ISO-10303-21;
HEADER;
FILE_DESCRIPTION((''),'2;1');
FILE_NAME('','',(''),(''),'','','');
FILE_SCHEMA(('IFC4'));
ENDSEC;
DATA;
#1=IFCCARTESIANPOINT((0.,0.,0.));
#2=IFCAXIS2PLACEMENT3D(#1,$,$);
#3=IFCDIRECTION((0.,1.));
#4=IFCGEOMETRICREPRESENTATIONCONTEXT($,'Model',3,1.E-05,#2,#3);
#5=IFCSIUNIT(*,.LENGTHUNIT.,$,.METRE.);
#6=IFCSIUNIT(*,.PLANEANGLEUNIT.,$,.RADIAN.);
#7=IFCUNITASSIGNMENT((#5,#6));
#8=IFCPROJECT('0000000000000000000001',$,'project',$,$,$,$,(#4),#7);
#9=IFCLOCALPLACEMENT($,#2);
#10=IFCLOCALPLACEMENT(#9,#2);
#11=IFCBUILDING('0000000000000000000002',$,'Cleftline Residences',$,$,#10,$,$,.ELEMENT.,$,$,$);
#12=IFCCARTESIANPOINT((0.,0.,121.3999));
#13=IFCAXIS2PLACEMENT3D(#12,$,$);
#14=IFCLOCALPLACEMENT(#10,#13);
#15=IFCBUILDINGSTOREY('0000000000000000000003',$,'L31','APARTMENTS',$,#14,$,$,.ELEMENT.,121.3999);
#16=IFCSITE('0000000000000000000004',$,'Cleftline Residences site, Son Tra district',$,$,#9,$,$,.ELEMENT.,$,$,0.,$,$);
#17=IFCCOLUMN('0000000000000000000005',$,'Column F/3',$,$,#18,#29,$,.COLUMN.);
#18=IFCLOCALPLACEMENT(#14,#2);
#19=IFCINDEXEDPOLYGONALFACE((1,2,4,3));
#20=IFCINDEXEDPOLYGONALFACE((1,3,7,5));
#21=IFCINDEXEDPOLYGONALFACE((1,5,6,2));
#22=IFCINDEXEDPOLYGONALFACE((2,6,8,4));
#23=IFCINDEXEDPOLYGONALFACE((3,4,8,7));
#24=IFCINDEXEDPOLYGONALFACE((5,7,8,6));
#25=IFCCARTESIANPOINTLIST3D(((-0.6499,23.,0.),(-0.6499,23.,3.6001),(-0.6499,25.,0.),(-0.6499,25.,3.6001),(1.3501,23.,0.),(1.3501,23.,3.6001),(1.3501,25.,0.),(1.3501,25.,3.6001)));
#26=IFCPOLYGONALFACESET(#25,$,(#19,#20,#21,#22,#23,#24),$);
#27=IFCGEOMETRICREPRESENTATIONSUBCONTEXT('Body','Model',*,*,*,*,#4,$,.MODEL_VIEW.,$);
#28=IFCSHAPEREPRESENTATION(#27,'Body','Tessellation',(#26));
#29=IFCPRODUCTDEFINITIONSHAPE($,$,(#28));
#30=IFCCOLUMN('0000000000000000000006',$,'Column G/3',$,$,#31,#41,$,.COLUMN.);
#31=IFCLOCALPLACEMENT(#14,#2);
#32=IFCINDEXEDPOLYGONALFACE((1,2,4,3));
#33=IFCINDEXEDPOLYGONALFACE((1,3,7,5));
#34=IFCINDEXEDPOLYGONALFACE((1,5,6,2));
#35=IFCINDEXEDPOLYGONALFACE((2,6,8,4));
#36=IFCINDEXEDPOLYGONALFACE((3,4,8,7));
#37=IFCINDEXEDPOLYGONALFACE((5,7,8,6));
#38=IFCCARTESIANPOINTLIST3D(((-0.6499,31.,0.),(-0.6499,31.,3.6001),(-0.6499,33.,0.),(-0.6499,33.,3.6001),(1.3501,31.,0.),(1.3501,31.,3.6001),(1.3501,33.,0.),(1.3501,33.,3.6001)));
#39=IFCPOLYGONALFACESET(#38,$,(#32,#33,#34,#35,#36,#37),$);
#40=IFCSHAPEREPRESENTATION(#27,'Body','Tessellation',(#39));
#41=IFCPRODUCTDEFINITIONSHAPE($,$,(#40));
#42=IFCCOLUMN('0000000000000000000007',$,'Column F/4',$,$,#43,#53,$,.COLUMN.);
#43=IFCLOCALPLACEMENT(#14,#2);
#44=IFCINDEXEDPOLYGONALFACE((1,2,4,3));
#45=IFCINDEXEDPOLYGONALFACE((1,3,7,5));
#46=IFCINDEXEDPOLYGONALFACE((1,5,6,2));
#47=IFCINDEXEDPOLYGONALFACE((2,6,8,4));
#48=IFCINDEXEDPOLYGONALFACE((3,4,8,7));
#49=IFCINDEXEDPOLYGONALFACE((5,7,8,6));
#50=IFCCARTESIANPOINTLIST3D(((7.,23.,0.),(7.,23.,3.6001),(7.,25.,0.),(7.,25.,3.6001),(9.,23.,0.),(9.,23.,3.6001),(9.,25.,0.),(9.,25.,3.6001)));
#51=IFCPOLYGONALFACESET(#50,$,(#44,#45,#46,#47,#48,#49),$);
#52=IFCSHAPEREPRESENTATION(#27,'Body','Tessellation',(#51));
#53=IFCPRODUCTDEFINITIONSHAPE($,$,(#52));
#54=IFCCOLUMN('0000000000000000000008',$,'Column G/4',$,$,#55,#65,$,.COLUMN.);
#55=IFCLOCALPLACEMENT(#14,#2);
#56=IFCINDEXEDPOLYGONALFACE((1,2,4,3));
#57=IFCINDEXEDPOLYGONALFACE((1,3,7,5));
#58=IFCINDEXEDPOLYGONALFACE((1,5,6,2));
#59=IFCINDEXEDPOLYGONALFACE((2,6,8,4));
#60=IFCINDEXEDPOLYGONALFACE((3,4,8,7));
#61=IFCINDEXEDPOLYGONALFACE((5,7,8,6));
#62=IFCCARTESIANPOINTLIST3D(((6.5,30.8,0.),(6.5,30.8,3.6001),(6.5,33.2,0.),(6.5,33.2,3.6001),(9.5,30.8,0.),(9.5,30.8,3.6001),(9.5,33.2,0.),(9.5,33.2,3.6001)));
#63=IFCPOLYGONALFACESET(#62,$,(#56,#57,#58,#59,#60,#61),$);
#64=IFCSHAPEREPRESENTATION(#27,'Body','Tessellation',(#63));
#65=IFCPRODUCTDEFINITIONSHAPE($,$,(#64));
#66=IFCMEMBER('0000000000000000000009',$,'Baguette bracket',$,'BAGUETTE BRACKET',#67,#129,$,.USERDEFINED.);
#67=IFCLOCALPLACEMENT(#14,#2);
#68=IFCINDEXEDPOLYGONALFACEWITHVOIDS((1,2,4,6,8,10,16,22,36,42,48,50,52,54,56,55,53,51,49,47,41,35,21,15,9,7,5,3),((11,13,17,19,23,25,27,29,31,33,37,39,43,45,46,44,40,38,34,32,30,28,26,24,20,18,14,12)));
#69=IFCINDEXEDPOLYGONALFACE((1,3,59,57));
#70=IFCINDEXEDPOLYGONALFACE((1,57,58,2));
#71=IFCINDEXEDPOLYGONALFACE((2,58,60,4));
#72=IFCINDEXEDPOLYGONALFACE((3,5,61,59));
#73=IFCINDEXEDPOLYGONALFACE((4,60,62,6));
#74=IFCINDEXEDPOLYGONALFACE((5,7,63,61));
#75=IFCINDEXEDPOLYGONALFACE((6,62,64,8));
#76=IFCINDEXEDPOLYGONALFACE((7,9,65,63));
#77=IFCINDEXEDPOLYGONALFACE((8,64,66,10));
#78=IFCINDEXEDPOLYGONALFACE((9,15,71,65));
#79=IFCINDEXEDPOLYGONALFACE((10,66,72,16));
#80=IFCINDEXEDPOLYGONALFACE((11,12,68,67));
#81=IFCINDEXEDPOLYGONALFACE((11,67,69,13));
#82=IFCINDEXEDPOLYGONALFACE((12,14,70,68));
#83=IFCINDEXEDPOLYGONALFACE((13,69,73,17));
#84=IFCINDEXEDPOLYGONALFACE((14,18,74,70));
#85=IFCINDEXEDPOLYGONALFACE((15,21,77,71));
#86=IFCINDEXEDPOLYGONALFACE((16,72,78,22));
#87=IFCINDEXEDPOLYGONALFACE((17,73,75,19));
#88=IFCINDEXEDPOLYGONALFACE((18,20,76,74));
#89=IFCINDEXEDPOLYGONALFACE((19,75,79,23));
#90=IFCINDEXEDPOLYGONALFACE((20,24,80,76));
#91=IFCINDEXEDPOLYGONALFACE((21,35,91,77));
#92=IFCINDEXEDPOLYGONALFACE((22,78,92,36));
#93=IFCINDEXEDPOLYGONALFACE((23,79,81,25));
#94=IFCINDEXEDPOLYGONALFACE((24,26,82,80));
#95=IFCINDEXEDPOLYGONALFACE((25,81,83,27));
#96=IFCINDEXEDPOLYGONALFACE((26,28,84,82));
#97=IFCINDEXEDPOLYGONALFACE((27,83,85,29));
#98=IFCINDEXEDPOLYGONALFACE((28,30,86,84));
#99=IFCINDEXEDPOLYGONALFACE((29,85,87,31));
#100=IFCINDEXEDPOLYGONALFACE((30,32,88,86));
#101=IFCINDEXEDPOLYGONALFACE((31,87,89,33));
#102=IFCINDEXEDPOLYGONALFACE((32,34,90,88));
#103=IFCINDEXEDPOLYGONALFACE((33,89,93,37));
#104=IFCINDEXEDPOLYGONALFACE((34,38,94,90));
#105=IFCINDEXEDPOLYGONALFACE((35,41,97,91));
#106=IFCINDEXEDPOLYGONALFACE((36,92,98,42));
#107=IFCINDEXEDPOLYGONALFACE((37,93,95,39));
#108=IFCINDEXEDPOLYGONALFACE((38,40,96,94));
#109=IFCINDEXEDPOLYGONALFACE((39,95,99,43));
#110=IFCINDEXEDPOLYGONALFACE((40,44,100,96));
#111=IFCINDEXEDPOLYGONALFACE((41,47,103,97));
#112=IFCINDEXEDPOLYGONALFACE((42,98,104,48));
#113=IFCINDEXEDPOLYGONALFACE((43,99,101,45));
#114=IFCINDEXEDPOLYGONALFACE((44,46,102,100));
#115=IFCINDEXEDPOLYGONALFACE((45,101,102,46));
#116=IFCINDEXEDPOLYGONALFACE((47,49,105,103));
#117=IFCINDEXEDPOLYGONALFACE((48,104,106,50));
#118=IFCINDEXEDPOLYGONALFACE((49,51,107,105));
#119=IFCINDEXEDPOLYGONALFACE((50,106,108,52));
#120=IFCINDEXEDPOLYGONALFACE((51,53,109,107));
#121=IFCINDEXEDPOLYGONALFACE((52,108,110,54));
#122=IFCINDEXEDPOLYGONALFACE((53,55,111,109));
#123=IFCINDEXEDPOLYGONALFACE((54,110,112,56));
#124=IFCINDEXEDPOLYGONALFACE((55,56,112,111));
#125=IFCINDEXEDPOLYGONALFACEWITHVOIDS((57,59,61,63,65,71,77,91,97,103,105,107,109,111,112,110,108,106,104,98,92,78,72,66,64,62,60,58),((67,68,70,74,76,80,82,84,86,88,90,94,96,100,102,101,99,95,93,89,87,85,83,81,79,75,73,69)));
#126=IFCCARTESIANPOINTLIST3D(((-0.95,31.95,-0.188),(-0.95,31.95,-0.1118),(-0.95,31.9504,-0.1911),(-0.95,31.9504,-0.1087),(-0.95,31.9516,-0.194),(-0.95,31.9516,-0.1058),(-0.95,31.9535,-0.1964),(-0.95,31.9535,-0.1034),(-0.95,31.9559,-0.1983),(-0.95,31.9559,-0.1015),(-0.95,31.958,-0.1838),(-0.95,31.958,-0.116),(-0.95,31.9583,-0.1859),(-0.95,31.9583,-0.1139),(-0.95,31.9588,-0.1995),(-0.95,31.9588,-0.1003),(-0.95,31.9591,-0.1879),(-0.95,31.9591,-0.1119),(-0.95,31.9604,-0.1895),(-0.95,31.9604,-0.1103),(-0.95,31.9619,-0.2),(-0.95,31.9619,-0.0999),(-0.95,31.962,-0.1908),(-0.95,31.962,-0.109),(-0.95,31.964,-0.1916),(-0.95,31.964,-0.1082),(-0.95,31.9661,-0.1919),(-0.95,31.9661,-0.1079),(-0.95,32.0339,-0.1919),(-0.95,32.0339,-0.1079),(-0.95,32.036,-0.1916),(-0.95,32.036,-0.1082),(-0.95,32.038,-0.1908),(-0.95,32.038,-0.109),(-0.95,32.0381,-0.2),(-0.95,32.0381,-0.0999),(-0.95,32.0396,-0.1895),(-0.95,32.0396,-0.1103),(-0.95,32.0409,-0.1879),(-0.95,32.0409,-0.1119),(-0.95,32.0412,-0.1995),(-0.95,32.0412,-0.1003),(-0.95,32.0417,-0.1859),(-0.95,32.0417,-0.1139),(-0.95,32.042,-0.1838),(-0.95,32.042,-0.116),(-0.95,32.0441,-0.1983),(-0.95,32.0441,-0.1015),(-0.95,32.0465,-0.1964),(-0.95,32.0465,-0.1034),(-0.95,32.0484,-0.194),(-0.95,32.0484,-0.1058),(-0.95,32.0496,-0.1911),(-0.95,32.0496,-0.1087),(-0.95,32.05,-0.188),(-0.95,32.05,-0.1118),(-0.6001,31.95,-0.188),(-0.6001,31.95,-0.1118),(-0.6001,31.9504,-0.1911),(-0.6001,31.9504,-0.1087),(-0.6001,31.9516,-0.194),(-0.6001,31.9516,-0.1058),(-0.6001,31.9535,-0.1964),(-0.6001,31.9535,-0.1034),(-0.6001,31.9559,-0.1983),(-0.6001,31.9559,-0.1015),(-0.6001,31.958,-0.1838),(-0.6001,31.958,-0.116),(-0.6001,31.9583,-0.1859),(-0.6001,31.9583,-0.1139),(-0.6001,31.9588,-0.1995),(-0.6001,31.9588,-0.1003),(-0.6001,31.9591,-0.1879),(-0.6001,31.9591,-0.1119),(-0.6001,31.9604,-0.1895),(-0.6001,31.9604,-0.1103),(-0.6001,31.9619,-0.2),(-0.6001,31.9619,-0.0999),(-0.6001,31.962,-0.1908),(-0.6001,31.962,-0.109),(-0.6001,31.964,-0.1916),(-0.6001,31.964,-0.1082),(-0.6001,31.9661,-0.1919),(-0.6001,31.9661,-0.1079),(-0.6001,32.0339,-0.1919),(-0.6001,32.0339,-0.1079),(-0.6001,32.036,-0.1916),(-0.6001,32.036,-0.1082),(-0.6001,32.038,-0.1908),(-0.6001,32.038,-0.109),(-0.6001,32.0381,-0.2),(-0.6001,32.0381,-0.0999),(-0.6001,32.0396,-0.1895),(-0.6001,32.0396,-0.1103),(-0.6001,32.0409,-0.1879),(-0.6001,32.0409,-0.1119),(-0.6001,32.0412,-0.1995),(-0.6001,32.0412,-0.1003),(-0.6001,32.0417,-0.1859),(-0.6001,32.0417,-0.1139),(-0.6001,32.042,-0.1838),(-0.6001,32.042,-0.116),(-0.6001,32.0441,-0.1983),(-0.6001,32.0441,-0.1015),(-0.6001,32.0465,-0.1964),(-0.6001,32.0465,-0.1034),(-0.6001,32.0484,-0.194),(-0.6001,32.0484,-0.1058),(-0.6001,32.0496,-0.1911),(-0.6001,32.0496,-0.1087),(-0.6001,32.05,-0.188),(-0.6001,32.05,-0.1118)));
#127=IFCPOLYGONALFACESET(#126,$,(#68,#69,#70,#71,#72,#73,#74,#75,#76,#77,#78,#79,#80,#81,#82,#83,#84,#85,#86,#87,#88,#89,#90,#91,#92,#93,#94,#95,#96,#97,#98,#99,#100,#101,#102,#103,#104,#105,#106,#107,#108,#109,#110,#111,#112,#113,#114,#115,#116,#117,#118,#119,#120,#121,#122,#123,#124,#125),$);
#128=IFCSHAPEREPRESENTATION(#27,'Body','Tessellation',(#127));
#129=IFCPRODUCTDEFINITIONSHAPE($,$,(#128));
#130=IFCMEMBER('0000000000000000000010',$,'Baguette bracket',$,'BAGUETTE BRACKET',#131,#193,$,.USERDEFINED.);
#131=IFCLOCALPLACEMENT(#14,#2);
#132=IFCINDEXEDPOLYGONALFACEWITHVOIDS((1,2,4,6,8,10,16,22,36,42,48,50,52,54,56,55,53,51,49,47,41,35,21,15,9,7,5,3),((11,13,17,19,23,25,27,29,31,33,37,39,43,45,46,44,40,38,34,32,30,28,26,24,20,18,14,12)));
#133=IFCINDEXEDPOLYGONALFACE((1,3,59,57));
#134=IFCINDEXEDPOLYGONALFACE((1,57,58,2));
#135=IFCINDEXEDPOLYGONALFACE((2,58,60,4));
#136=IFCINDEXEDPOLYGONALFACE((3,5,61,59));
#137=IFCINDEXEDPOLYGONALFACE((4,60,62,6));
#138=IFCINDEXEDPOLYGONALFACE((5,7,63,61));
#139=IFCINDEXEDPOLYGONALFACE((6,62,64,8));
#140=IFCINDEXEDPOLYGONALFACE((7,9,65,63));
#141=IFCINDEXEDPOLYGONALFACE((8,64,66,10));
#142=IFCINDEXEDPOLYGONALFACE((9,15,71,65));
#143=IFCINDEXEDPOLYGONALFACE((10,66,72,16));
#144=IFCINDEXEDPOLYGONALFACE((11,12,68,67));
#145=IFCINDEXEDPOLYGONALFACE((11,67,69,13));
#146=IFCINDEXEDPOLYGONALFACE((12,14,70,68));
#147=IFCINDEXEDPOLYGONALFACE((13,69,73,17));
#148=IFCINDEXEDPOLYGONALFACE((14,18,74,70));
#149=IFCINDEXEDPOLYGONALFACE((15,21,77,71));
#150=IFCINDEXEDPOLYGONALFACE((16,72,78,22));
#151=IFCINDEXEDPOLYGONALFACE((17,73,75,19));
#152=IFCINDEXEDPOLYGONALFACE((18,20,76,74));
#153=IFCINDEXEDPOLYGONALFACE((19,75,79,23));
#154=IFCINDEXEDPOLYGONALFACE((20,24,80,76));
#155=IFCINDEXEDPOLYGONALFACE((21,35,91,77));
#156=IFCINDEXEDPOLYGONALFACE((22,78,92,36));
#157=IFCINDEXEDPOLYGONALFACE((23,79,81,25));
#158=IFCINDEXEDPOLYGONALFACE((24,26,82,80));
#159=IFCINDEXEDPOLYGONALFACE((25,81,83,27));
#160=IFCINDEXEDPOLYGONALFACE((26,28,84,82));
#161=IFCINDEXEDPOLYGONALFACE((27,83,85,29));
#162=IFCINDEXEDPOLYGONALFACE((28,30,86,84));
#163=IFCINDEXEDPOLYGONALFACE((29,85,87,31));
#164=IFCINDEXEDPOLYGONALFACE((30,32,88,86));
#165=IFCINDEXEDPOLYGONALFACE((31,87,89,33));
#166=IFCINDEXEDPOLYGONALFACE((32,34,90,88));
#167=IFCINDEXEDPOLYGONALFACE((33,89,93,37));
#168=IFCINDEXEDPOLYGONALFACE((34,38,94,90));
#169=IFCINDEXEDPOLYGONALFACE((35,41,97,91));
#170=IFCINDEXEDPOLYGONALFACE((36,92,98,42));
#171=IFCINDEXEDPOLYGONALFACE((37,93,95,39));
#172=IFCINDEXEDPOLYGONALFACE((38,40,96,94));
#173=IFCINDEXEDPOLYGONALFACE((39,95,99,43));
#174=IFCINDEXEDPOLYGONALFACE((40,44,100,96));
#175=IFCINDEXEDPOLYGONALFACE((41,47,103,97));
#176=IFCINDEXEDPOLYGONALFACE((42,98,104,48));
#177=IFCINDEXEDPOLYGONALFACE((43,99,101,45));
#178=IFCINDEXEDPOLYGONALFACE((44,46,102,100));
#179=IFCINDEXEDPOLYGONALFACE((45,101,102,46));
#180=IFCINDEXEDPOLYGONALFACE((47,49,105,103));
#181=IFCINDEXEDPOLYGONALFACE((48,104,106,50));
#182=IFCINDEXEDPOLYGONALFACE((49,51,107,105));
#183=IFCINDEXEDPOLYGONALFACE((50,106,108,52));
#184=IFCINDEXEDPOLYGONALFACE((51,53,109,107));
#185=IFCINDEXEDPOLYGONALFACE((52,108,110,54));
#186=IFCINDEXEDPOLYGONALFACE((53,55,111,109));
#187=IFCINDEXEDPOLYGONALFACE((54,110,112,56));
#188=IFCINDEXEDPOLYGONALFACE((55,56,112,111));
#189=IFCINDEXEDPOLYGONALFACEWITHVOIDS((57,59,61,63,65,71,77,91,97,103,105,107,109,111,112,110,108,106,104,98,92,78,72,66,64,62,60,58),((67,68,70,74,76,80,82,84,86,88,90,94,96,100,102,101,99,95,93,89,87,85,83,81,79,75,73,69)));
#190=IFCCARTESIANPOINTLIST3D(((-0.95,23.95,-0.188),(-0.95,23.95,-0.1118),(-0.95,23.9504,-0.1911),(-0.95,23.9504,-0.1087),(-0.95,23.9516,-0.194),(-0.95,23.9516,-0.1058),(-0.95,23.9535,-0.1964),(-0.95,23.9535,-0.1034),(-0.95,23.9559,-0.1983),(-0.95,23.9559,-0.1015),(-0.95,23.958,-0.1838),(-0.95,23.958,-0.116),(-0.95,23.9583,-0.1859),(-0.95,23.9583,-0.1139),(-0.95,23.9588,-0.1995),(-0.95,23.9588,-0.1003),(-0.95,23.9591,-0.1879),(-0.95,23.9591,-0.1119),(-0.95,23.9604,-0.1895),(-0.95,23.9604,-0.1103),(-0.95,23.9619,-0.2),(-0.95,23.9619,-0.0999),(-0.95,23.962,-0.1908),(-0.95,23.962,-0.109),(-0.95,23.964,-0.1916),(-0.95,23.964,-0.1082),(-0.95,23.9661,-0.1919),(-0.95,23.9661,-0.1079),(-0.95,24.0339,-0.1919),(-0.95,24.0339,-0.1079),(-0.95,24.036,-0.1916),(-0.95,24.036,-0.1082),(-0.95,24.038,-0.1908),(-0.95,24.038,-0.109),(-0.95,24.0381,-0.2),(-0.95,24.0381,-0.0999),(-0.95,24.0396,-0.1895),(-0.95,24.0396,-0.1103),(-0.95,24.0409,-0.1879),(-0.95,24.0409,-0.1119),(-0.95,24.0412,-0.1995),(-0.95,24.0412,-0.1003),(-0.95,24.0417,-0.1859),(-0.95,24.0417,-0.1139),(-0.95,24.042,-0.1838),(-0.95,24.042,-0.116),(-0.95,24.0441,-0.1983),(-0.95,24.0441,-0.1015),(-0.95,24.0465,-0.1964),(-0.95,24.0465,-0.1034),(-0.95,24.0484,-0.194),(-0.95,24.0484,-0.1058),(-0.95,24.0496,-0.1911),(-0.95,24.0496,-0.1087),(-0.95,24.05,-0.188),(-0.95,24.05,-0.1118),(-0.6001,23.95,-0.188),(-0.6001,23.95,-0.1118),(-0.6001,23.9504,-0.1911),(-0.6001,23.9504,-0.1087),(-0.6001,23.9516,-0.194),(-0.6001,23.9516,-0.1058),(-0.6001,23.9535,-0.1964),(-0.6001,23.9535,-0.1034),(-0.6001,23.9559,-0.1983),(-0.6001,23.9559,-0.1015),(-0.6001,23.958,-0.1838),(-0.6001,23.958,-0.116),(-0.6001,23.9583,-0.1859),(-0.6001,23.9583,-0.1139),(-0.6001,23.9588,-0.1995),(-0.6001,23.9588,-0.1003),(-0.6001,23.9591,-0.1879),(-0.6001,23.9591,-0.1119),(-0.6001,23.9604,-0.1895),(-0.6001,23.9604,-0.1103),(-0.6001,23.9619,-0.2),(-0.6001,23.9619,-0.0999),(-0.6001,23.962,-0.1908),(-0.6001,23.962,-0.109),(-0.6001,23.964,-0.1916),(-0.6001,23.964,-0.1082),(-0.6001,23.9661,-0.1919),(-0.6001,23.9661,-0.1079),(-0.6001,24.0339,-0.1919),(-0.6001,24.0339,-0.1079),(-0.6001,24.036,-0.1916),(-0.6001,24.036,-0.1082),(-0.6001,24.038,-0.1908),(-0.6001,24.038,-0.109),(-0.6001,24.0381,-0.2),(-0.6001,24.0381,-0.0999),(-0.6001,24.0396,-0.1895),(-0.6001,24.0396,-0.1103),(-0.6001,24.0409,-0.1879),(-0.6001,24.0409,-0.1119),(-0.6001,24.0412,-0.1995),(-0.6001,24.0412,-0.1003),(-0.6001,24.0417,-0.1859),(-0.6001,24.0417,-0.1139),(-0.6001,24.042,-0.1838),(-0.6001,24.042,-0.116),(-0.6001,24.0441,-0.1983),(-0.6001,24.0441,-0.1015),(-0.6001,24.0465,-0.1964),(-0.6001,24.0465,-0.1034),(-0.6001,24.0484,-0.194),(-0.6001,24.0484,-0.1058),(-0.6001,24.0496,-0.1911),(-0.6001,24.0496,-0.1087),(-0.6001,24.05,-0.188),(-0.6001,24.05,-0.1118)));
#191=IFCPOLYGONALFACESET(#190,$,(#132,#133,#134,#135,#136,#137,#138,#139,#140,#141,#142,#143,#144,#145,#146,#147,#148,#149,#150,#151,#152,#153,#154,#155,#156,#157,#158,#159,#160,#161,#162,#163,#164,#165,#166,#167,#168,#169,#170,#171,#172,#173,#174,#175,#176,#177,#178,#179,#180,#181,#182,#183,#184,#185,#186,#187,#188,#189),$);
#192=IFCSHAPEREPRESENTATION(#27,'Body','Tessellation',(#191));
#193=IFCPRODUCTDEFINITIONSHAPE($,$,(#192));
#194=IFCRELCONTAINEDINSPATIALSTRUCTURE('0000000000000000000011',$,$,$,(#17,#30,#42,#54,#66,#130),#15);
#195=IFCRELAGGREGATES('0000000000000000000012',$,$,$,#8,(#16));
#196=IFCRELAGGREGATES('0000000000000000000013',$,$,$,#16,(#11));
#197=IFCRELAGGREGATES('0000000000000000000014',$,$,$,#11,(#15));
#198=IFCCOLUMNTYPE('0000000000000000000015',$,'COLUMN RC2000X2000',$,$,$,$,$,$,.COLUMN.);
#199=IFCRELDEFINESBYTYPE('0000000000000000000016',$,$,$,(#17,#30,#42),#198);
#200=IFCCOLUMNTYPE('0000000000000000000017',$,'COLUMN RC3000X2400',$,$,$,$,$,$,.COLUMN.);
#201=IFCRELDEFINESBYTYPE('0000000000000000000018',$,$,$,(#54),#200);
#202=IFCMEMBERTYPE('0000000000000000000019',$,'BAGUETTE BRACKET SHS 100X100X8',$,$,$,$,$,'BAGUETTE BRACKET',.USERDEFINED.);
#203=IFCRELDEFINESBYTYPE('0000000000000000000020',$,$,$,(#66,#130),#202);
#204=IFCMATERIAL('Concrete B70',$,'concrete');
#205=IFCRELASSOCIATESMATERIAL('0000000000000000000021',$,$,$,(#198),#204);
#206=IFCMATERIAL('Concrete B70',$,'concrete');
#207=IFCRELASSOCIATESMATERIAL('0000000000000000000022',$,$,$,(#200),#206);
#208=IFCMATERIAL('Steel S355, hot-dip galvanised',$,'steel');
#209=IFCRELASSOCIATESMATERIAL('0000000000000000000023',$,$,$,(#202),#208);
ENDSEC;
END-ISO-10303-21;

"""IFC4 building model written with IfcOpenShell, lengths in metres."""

from ifc_helpers import new_model, si_unit, direction, frame, origin, origin_2d, place, context, subcontext, project, spatial, rectangle, hollow_rectangle, extrude, material, material_profile, profile_set, type_object, element, save


model = new_model("IFC4")

# Units and contexts
model_context = context("Model", 3, precision=1e-05, world=origin(), true_north=direction((0.0, 1.0)))
body_context = subcontext(model_context, "Body", "Model", "MODEL_VIEW")
ifc_project = project(units=[si_unit("LENGTHUNIT", "METRE"), si_unit("PLANEANGLEUNIT", "RADIAN")], contexts=[model_context])

# Site, building, storey
site_placement = place(None, origin())
site = spatial("IfcSite", under=ifc_project, at=site_placement, Name="Cleftline Residences site, Son Tra district", CompositionType="ELEMENT", RefElevation=0.0)
building_placement = place(site_placement, origin())
building = spatial("IfcBuilding", under=site, at=building_placement, Name="Cleftline Residences", CompositionType="ELEMENT")
storey_placement = place(building_placement, frame((0.0, 0.0, 121.3999)))
storey = spatial("IfcBuildingStorey", under=building, at=storey_placement, Name="L31", Description="APARTMENTS", CompositionType="ELEMENT", Elevation=121.3999)

# Columns
ifc_material_1 = material(Name="Concrete B70", Category="concrete")
ifc_material_profile_1 = material_profile(ifc_material_1, rectangle(XDim=2.0, YDim=2.0, at=origin_2d()))
ifc_profile_set_1 = profile_set([ifc_material_profile_1], Name="Concrete B70")
column_type_1 = type_object("IfcColumnType", Name="COLUMN RC2000X2000", PredefinedType="COLUMN", material=ifc_profile_set_1)
for number, where, z_axis, x_axis, name in (
    (1, (0.3501, 24.0, 0.0), (0.0, 0.0, 1.0), (1.0, 0.0, 0.0), "Column F/3"),
    (2, (0.3501, 32.0, 0.0), (0.0, 0.0, 1.0), (1.0, 0.0, 0.0), "Column G/3"),
    (3, (8.0, 24.0, 0.0), (0.0, 0.0, 1.0), (1.0, 0.0, 0.0), "Column F/4"),
):
    element("IfcColumn", number, at=place(storey_placement, frame(where, z_axis=z_axis, x_axis=x_axis)), inside=storey, type_object=column_type_1, Name=name, PredefinedType="COLUMN", context=body_context, shape_type="SweptSolid", body=[
        extrude(rectangle(XDim=2.0, YDim=2.0, at=origin_2d()), origin(), (0.0, 0.0, 1.0), 3.6001),
    ])
ifc_material_2 = material(Name="Concrete B70", Category="concrete")
ifc_material_profile_2 = material_profile(ifc_material_2, rectangle(XDim=3.0, YDim=2.3999, at=origin_2d()))
ifc_profile_set_2 = profile_set([ifc_material_profile_2], Name="Concrete B70")
column_type_2 = type_object("IfcColumnType", Name="COLUMN RC3000X2400", PredefinedType="COLUMN", material=ifc_profile_set_2)
column_placement = place(storey_placement, frame((8.0, 32.0, 0.0), z_axis=(0.0, 0.0, 1.0), x_axis=(1.0, 0.0, 0.0)))
element("IfcColumn", 4, at=column_placement, inside=storey, type_object=column_type_2, Name="Column G/4", PredefinedType="COLUMN", context=body_context, shape_type="SweptSolid", body=[
    extrude(rectangle(XDim=3.0, YDim=2.3999, at=origin_2d()), origin(), (0.0, 0.0, 1.0), 3.6001),
])

# Members
ifc_material_3 = material(Name="Steel S355, hot-dip galvanised", Category="steel")
ifc_material_profile_3 = material_profile(ifc_material_3, hollow_rectangle(XDim=0.1001, YDim=0.1001, WallThickness=0.0081, InnerFilletRadius=0.0081, OuterFilletRadius=0.012, at=origin_2d()))
ifc_profile_set_3 = profile_set([ifc_material_profile_3], Name="Steel S355, hot-dip galvanised")
member_type_1 = type_object("IfcMemberType", Name="BAGUETTE BRACKET SHS 100X100X8", ElementType="BAGUETTE BRACKET", PredefinedType="USERDEFINED", material=ifc_profile_set_3)
for number, where, z_axis, x_axis, name in (
    (5, (-0.6001, 32.0, -0.1499), (-1.0, 0.0, 0.0), (0.0, -1.0, 0.0), "Baguette bracket"),
    (6, (-0.6001, 24.0, -0.1499), (-1.0, 0.0, 0.0), (0.0, -1.0, 0.0), "Baguette bracket"),
):
    element("IfcMember", number, at=place(storey_placement, frame(where, z_axis=z_axis, x_axis=x_axis)), inside=storey, type_object=member_type_1, Name=name, ObjectType="BAGUETTE BRACKET", PredefinedType="USERDEFINED", context=body_context, shape_type="SweptSolid", body=[
        extrude(hollow_rectangle(XDim=0.1001, YDim=0.1001, WallThickness=0.0081, InnerFilletRadius=0.0081, OuterFilletRadius=0.012, at=origin_2d()), origin(), (0.0, 0.0, 1.0), 0.3499),
    ])

save(model, "model.ifc")
